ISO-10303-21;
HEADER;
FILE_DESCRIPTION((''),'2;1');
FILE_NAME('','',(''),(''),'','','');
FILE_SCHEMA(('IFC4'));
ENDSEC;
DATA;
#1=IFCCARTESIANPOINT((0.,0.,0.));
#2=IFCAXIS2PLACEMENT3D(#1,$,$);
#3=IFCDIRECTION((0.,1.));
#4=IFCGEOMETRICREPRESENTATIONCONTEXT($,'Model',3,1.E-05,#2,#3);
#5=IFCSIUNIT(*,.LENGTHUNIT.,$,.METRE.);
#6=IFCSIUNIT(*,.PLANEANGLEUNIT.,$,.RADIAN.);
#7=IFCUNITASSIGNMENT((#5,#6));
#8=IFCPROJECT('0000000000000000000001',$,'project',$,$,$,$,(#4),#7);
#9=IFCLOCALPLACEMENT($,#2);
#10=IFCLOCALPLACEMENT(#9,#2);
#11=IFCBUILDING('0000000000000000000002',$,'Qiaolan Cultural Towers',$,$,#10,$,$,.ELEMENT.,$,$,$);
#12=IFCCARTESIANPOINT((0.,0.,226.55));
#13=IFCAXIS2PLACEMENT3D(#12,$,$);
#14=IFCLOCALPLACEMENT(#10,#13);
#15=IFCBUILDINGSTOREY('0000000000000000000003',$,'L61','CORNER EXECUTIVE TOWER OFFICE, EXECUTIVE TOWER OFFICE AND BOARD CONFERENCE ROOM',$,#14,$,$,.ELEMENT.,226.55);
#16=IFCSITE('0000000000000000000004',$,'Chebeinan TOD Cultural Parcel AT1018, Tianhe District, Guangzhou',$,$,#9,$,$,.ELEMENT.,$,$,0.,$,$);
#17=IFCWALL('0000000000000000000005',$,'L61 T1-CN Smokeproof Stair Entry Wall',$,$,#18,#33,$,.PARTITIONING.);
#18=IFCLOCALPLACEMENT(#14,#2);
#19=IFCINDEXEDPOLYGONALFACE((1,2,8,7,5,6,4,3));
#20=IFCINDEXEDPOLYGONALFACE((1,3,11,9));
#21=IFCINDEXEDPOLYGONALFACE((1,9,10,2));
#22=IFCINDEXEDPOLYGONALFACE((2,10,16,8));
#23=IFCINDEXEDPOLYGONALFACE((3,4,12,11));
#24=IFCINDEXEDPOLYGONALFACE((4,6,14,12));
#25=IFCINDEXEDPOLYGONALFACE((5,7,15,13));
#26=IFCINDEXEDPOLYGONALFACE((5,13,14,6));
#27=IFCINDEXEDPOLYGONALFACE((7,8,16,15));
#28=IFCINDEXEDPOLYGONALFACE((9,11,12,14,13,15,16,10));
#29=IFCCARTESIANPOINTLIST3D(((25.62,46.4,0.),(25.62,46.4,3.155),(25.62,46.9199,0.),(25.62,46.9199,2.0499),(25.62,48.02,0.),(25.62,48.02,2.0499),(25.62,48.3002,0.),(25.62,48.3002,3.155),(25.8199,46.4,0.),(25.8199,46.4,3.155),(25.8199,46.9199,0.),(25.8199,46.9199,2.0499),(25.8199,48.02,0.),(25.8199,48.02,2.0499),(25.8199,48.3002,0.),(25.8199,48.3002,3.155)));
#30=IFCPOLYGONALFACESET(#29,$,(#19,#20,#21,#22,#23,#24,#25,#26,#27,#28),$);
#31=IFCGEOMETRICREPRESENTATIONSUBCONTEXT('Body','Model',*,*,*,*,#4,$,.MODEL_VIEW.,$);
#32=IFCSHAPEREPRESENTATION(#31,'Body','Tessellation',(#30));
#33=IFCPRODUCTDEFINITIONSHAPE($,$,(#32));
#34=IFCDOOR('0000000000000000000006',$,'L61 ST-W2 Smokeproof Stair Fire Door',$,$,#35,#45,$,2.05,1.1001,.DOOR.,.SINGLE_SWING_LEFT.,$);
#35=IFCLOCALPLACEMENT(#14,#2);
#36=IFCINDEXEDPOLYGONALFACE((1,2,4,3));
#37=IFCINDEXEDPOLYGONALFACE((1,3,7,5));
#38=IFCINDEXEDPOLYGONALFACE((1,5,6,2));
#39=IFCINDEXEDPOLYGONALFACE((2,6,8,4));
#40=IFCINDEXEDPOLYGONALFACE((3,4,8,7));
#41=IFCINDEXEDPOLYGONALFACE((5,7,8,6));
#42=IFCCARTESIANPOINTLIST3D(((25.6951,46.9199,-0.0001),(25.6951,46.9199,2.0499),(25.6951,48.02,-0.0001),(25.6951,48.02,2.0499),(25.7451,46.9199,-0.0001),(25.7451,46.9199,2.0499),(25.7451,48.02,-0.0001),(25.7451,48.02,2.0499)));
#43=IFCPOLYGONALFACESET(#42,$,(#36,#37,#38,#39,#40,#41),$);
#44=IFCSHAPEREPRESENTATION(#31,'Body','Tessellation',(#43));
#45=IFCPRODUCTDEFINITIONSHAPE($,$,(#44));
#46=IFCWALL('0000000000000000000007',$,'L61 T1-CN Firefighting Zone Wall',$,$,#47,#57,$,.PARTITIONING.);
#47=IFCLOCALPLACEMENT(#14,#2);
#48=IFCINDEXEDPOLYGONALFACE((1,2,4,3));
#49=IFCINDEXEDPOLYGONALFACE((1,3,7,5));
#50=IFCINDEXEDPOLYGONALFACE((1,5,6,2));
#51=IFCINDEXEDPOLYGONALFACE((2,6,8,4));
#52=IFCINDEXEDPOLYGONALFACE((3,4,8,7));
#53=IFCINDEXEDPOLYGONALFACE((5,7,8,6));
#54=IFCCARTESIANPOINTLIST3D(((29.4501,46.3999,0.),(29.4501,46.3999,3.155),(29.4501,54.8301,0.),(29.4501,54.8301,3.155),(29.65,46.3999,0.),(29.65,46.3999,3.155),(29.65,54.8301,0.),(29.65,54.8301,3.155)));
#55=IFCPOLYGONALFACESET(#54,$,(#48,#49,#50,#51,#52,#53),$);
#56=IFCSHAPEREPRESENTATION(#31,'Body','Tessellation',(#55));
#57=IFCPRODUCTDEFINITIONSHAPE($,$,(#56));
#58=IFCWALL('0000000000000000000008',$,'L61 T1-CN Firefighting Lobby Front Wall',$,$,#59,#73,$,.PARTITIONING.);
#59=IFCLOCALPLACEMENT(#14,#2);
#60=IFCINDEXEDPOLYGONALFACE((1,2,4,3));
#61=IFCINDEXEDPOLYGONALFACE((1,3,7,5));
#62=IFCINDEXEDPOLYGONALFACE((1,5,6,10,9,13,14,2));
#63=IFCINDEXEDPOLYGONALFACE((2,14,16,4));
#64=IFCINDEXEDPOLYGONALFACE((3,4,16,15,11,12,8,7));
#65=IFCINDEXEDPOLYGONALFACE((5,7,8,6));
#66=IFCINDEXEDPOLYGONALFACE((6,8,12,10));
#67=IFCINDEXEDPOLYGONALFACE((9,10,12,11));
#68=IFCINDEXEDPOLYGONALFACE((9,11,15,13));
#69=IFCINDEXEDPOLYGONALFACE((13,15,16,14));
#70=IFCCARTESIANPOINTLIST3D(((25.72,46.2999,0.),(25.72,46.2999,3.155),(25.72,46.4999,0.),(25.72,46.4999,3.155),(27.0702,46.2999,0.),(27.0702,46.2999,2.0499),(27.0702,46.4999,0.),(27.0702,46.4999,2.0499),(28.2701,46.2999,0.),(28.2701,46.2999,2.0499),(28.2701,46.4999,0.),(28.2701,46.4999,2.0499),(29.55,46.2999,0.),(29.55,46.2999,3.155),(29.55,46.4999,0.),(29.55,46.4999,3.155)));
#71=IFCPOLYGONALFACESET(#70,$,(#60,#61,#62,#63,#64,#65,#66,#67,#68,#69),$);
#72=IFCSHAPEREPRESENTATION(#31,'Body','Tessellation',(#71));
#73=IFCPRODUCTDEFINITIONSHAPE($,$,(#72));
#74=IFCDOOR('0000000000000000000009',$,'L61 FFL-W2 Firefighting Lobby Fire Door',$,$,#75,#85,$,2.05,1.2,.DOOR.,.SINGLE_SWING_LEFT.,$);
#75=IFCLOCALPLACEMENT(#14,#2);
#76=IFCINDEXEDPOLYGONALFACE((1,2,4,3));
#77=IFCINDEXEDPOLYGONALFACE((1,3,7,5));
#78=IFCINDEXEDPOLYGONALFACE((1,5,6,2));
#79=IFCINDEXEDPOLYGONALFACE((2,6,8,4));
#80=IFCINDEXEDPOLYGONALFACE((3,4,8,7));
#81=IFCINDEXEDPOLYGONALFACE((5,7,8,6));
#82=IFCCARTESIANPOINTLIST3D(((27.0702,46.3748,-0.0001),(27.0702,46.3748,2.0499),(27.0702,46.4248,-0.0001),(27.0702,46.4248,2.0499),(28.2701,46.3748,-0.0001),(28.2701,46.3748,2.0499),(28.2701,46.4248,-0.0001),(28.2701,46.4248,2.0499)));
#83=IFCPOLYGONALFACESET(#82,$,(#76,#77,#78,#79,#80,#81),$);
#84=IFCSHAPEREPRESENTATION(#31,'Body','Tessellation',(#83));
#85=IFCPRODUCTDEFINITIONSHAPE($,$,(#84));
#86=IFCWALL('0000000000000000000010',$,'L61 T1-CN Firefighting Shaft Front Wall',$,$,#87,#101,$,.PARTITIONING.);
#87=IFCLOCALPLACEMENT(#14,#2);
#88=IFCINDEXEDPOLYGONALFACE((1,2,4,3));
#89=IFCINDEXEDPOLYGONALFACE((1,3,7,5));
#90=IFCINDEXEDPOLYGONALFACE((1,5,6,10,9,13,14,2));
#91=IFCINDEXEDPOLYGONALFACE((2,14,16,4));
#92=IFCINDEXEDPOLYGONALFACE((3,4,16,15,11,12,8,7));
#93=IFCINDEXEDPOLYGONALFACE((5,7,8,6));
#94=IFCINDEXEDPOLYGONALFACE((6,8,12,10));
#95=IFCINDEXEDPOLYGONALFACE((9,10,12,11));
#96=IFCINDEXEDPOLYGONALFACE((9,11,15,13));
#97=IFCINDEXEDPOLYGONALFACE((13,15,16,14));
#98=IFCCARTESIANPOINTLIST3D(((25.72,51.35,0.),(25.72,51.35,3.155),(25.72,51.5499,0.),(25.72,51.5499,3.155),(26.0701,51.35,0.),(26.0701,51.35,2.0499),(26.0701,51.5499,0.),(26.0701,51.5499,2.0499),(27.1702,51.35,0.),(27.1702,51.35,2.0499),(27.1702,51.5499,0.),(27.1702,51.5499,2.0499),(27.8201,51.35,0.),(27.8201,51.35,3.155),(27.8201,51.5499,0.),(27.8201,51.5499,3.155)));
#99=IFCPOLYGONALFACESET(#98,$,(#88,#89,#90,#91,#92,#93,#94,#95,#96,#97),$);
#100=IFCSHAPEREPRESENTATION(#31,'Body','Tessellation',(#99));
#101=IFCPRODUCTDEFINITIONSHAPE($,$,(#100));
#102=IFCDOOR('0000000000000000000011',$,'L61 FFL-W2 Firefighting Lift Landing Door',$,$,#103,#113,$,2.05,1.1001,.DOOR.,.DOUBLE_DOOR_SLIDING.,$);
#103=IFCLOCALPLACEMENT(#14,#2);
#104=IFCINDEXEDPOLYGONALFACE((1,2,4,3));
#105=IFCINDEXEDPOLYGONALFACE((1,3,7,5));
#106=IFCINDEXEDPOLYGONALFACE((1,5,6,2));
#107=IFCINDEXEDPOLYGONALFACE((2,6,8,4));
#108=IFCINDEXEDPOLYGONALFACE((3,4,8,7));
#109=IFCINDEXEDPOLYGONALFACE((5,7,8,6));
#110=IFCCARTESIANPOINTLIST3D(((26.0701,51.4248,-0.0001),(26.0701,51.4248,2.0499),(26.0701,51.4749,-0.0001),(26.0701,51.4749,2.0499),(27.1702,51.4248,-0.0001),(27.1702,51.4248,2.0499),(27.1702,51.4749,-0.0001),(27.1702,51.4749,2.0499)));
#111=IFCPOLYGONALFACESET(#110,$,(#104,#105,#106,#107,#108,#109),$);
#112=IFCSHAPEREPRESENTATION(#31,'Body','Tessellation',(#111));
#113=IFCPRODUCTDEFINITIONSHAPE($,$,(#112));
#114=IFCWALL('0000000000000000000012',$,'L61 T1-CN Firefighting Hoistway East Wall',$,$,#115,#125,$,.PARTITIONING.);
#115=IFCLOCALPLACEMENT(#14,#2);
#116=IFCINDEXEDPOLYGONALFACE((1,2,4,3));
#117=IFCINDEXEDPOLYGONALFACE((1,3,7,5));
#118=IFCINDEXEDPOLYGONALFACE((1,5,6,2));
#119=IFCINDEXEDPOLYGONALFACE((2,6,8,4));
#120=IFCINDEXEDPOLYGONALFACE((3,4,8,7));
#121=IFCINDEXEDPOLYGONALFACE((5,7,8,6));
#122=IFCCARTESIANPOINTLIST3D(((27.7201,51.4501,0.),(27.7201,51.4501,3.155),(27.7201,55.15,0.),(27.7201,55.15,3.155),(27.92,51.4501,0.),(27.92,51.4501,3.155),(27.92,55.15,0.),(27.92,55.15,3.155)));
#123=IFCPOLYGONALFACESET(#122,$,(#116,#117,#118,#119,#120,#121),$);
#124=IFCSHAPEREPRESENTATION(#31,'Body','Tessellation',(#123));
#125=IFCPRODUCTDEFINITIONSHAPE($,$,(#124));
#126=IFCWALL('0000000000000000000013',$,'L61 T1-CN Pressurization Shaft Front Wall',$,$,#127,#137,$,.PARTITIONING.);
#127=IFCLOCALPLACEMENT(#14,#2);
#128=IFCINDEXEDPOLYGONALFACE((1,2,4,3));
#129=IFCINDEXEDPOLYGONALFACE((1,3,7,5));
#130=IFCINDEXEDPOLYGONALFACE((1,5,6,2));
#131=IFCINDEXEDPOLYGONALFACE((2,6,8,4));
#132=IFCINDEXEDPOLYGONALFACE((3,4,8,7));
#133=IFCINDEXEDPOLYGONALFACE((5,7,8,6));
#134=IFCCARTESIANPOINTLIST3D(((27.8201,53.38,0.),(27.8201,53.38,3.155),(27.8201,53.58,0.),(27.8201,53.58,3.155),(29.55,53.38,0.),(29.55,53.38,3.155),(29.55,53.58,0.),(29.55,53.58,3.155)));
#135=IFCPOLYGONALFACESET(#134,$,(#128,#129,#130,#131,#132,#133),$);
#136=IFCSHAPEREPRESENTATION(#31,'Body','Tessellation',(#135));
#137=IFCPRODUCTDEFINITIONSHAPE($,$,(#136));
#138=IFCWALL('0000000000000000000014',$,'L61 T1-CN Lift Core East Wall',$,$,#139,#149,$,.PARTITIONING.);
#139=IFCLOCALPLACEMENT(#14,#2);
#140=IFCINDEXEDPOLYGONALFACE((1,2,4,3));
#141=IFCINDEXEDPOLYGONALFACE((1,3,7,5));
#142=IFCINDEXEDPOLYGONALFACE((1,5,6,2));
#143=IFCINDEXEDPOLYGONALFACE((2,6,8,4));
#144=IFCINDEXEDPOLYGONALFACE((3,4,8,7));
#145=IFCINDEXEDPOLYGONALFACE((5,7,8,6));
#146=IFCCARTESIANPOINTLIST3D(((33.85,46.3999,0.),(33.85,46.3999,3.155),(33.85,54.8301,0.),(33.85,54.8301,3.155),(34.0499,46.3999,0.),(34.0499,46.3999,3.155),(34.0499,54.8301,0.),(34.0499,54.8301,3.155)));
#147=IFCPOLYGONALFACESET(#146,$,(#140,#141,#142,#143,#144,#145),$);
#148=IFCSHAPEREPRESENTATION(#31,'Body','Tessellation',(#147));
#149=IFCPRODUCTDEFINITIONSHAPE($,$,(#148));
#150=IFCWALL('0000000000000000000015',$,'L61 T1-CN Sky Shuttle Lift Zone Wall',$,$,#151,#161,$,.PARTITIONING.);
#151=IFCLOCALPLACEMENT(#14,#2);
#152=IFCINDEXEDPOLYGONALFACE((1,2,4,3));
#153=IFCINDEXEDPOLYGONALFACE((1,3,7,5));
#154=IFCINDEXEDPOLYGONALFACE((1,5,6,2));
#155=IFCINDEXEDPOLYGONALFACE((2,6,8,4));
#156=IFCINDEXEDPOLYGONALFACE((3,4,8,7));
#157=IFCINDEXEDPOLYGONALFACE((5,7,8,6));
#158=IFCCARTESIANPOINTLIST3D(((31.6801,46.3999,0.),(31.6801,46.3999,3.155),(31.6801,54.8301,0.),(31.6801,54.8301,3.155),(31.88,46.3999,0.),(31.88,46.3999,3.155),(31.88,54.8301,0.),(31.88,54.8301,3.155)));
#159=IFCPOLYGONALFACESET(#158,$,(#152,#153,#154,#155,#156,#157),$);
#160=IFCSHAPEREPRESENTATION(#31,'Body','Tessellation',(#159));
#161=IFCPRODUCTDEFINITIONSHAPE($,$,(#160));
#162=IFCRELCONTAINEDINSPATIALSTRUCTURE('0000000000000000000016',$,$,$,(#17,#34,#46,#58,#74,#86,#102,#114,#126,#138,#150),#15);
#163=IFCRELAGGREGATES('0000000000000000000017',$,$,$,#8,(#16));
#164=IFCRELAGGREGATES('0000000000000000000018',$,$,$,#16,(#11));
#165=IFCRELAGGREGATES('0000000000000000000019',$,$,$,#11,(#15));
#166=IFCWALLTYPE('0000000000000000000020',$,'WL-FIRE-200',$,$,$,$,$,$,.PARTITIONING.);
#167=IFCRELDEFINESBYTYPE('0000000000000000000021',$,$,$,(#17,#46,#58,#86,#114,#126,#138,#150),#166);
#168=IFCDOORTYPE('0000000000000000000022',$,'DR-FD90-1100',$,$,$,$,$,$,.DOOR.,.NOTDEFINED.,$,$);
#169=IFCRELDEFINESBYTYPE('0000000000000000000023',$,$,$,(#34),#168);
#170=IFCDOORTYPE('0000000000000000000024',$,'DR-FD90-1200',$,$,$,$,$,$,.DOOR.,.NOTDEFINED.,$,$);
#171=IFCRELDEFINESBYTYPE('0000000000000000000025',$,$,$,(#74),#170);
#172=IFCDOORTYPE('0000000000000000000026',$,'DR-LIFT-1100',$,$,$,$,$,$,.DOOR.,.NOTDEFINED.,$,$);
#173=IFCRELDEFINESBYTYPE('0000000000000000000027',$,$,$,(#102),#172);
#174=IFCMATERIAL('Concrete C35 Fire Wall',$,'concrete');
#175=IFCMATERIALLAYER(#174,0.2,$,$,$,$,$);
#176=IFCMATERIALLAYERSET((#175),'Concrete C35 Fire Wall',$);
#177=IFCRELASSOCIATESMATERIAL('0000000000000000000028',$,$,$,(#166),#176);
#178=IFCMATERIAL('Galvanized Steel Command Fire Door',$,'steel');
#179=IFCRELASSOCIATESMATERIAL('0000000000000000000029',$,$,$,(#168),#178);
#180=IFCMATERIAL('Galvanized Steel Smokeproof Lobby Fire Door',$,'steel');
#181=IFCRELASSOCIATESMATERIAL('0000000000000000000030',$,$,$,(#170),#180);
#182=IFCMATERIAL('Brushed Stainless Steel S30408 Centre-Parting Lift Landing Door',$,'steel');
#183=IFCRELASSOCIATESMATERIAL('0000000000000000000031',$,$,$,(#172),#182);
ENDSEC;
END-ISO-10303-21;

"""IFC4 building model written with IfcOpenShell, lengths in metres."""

from ifc_helpers import new_model, si_unit, direction, frame, frame_2d, origin, place, context, subcontext, project, spatial, rectangle, extrude, material, layer, layer_set, type_object, element, fill, save


model = new_model("IFC4")

# Units and contexts
model_context = context("Model", 3, precision=1e-05, world=origin(), true_north=direction((0.0, 1.0)))
body_context = subcontext(model_context, "Body", "Model", "MODEL_VIEW")
ifc_project = project(units=[si_unit("LENGTHUNIT", "METRE"), si_unit("PLANEANGLEUNIT", "RADIAN")], contexts=[model_context])

# Site, building, storey
site_placement = place(None, origin())
site = spatial("IfcSite", under=ifc_project, at=site_placement, Name="Chebeinan TOD Cultural Parcel AT1018, Tianhe District, Guangzhou", CompositionType="ELEMENT", RefElevation=0.0)
building_placement = place(site_placement, origin())
building = spatial("IfcBuilding", under=site, at=building_placement, Name="Qiaolan Cultural Towers", CompositionType="ELEMENT")
storey_placement = place(building_placement, frame((0.0, 0.0, 226.55)))
storey = spatial("IfcBuildingStorey", under=building, at=storey_placement, Name="L61", Description="CORNER EXECUTIVE TOWER OFFICE, EXECUTIVE TOWER OFFICE AND BOARD CONFERENCE ROOM", CompositionType="ELEMENT", Elevation=226.55)

# Wall, opening, door
ifc_material_1 = material(Name="Concrete C35 Fire Wall", Category="concrete")
ifc_layer_1 = layer(ifc_material_1, 0.2)
ifc_layer_set_1 = layer_set([ifc_layer_1], Name="Concrete C35 Fire Wall")
wall_type_1 = type_object("IfcWallType", Name="WL-FIRE-200", PredefinedType="PARTITIONING", material=ifc_layer_set_1)
wall_1_placement = place(storey_placement, frame((25.72, 46.3999, 0.0), z_axis=(0.0, 0.0, 1.0), x_axis=(0.0, 1.0, 0.0)))
wall_1 = element("IfcWall", 1, at=wall_1_placement, inside=storey, type_object=wall_type_1, Name="L61 T1-CN Smokeproof Stair Entry Wall", PredefinedType="PARTITIONING", context=body_context, shape_type="SweptSolid", body=[
    extrude(rectangle(XDim=1.9001, YDim=0.2, at=frame_2d((0.9502, 0.0))), origin(), (0.0, 0.0, 1.0), 3.155),
])
opening_1_placement = place(wall_1_placement, frame((0.52, 0.0, 0.0)))
opening_1 = element("IfcOpeningElement", 2, at=opening_1_placement, cuts=wall_1, PredefinedType="OPENING", context=body_context, shape_type="SweptSolid", body=[
    extrude(rectangle(XDim=1.1001, YDim=2.05, at=frame_2d((0.55, 1.0249))), frame((0.0, 0.1099, 0.0), z_axis=(0.0, -1.0, 0.0), x_axis=(1.0, 0.0, 0.0)), (0.0, 0.0, 1.0), 0.22),
])
ifc_material_2 = material(Name="Galvanized Steel Command Fire Door", Category="steel")
door_type_1 = type_object("IfcDoorType", Name="DR-FD90-1100", OperationType="NOTDEFINED", PredefinedType="DOOR", material=ifc_material_2)
door_1_placement = place(opening_1_placement, origin())
door_1 = element("IfcDoor", 3, at=door_1_placement, inside=storey, type_object=door_type_1, Name="L61 ST-W2 Smokeproof Stair Fire Door", OperationType="SINGLE_SWING_LEFT", OverallHeight=2.05, OverallWidth=1.1001, PredefinedType="DOOR", context=body_context, shape_type="SweptSolid", body=[
    extrude(rectangle(XDim=1.1001, YDim=2.05, at=frame_2d((0.55, 1.0249))), frame((0.0, 0.0249, 0.0), z_axis=(0.0, -1.0, 0.0), x_axis=(1.0, 0.0, 0.0)), (0.0, 0.0, 1.0), 0.05),
])
fill(opening_1, door_1)

# Wall
wall_2_placement = place(storey_placement, frame((29.55, 46.3999, 0.0), z_axis=(0.0, 0.0, 1.0), x_axis=(0.0, 1.0, 0.0)))
element("IfcWall", 4, at=wall_2_placement, inside=storey, type_object=wall_type_1, Name="L61 T1-CN Firefighting Zone Wall", PredefinedType="PARTITIONING", context=body_context, shape_type="SweptSolid", body=[
    extrude(rectangle(XDim=8.4302, YDim=0.2, at=frame_2d((4.2151, 0.0))), origin(), (0.0, 0.0, 1.0), 3.155),
])

# Walls, openings, doors
wall_3_placement = place(storey_placement, frame((25.72, 46.3999, 0.0), z_axis=(0.0, 0.0, 1.0), x_axis=(1.0, 0.0, 0.0)))
wall_3 = element("IfcWall", 5, at=wall_3_placement, inside=storey, type_object=wall_type_1, Name="L61 T1-CN Firefighting Lobby Front Wall", PredefinedType="PARTITIONING", context=body_context, shape_type="SweptSolid", body=[
    extrude(rectangle(XDim=3.8301, YDim=0.2, at=frame_2d((1.915, 0.0))), origin(), (0.0, 0.0, 1.0), 3.155),
])
opening_2_placement = place(wall_3_placement, frame((1.3501, 0.0, 0.0)))
opening_2 = element("IfcOpeningElement", 6, at=opening_2_placement, cuts=wall_3, PredefinedType="OPENING", context=body_context, shape_type="SweptSolid", body=[
    extrude(rectangle(XDim=1.2, YDim=2.05, at=frame_2d((0.6001, 1.0249))), frame((0.0, 0.1099, 0.0), z_axis=(0.0, -1.0, 0.0), x_axis=(1.0, 0.0, 0.0)), (0.0, 0.0, 1.0), 0.22),
])
ifc_material_3 = material(Name="Galvanized Steel Smokeproof Lobby Fire Door", Category="steel")
door_type_2 = type_object("IfcDoorType", Name="DR-FD90-1200", OperationType="NOTDEFINED", PredefinedType="DOOR", material=ifc_material_3)
door_2_placement = place(opening_2_placement, origin())
door_2 = element("IfcDoor", 7, at=door_2_placement, inside=storey, type_object=door_type_2, Name="L61 FFL-W2 Firefighting Lobby Fire Door", OperationType="SINGLE_SWING_LEFT", OverallHeight=2.05, OverallWidth=1.2, PredefinedType="DOOR", context=body_context, shape_type="SweptSolid", body=[
    extrude(rectangle(XDim=1.2, YDim=2.05, at=frame_2d((0.6001, 1.0249))), frame((0.0, 0.0249, 0.0), z_axis=(0.0, -1.0, 0.0), x_axis=(1.0, 0.0, 0.0)), (0.0, 0.0, 1.0), 0.05),
])
fill(opening_2, door_2)
wall_4_placement = place(storey_placement, frame((25.72, 51.45, 0.0), z_axis=(0.0, 0.0, 1.0), x_axis=(1.0, 0.0, 0.0)))
wall_4 = element("IfcWall", 8, at=wall_4_placement, inside=storey, type_object=wall_type_1, Name="L61 T1-CN Firefighting Shaft Front Wall", PredefinedType="PARTITIONING", context=body_context, shape_type="SweptSolid", body=[
    extrude(rectangle(XDim=2.1001, YDim=0.2, at=frame_2d((1.05, 0.0))), origin(), (0.0, 0.0, 1.0), 3.155),
])
opening_3_placement = place(wall_4_placement, frame((0.3501, 0.0, 0.0)))
opening_3 = element("IfcOpeningElement", 9, at=opening_3_placement, cuts=wall_4, PredefinedType="OPENING", context=body_context, shape_type="SweptSolid", body=[
    extrude(rectangle(XDim=1.1001, YDim=2.05, at=frame_2d((0.55, 1.0249))), frame((0.0, 0.1099, 0.0), z_axis=(0.0, -1.0, 0.0), x_axis=(1.0, 0.0, 0.0)), (0.0, 0.0, 1.0), 0.22),
])
ifc_material_4 = material(Name="Brushed Stainless Steel S30408 Centre-Parting Lift Landing Door", Category="steel")
door_type_3 = type_object("IfcDoorType", Name="DR-LIFT-1100", OperationType="NOTDEFINED", PredefinedType="DOOR", material=ifc_material_4)
door_3_placement = place(opening_3_placement, origin())
door_3 = element("IfcDoor", 10, at=door_3_placement, inside=storey, type_object=door_type_3, Name="L61 FFL-W2 Firefighting Lift Landing Door", OperationType="DOUBLE_DOOR_SLIDING", OverallHeight=2.05, OverallWidth=1.1001, PredefinedType="DOOR", context=body_context, shape_type="SweptSolid", body=[
    extrude(rectangle(XDim=1.1001, YDim=2.05, at=frame_2d((0.55, 1.0249))), frame((0.0, 0.0249, 0.0), z_axis=(0.0, -1.0, 0.0), x_axis=(1.0, 0.0, 0.0)), (0.0, 0.0, 1.0), 0.05),
])
fill(opening_3, door_3)

# Walls
wall_5_placement = place(storey_placement, frame((27.8201, 51.45, 0.0), z_axis=(0.0, 0.0, 1.0), x_axis=(0.0, 1.0, 0.0)))
element("IfcWall", 11, at=wall_5_placement, inside=storey, type_object=wall_type_1, Name="L61 T1-CN Firefighting Hoistway East Wall", PredefinedType="PARTITIONING", context=body_context, shape_type="SweptSolid", body=[
    extrude(rectangle(XDim=3.7, YDim=0.2, at=frame_2d((1.8501, 0.0))), origin(), (0.0, 0.0, 1.0), 3.155),
])
wall_6_placement = place(storey_placement, frame((27.8201, 53.48, 0.0), z_axis=(0.0, 0.0, 1.0), x_axis=(1.0, 0.0, 0.0)))
element("IfcWall", 12, at=wall_6_placement, inside=storey, type_object=wall_type_1, Name="L61 T1-CN Pressurization Shaft Front Wall", PredefinedType="PARTITIONING", context=body_context, shape_type="SweptSolid", body=[
    extrude(rectangle(XDim=1.73, YDim=0.2, at=frame_2d((0.865, 0.0))), origin(), (0.0, 0.0, 1.0), 3.155),
])
for number, where, z_axis, x_axis, name in (
    (13, (33.95, 46.3999, 0.0), (0.0, 0.0, 1.0), (0.0, 1.0, 0.0), "L61 T1-CN Lift Core East Wall"),
    (14, (31.78, 46.3999, 0.0), (0.0, 0.0, 1.0), (0.0, 1.0, 0.0), "L61 T1-CN Sky Shuttle Lift Zone Wall"),
):
    element("IfcWall", number, at=place(storey_placement, frame(where, z_axis=z_axis, x_axis=x_axis)), inside=storey, type_object=wall_type_1, Name=name, PredefinedType="PARTITIONING", context=body_context, shape_type="SweptSolid", body=[
        extrude(rectangle(XDim=8.4302, YDim=0.2, at=frame_2d((4.2151, 0.0))), origin(), (0.0, 0.0, 1.0), 3.155),
    ])

save(model, "model.ifc")
